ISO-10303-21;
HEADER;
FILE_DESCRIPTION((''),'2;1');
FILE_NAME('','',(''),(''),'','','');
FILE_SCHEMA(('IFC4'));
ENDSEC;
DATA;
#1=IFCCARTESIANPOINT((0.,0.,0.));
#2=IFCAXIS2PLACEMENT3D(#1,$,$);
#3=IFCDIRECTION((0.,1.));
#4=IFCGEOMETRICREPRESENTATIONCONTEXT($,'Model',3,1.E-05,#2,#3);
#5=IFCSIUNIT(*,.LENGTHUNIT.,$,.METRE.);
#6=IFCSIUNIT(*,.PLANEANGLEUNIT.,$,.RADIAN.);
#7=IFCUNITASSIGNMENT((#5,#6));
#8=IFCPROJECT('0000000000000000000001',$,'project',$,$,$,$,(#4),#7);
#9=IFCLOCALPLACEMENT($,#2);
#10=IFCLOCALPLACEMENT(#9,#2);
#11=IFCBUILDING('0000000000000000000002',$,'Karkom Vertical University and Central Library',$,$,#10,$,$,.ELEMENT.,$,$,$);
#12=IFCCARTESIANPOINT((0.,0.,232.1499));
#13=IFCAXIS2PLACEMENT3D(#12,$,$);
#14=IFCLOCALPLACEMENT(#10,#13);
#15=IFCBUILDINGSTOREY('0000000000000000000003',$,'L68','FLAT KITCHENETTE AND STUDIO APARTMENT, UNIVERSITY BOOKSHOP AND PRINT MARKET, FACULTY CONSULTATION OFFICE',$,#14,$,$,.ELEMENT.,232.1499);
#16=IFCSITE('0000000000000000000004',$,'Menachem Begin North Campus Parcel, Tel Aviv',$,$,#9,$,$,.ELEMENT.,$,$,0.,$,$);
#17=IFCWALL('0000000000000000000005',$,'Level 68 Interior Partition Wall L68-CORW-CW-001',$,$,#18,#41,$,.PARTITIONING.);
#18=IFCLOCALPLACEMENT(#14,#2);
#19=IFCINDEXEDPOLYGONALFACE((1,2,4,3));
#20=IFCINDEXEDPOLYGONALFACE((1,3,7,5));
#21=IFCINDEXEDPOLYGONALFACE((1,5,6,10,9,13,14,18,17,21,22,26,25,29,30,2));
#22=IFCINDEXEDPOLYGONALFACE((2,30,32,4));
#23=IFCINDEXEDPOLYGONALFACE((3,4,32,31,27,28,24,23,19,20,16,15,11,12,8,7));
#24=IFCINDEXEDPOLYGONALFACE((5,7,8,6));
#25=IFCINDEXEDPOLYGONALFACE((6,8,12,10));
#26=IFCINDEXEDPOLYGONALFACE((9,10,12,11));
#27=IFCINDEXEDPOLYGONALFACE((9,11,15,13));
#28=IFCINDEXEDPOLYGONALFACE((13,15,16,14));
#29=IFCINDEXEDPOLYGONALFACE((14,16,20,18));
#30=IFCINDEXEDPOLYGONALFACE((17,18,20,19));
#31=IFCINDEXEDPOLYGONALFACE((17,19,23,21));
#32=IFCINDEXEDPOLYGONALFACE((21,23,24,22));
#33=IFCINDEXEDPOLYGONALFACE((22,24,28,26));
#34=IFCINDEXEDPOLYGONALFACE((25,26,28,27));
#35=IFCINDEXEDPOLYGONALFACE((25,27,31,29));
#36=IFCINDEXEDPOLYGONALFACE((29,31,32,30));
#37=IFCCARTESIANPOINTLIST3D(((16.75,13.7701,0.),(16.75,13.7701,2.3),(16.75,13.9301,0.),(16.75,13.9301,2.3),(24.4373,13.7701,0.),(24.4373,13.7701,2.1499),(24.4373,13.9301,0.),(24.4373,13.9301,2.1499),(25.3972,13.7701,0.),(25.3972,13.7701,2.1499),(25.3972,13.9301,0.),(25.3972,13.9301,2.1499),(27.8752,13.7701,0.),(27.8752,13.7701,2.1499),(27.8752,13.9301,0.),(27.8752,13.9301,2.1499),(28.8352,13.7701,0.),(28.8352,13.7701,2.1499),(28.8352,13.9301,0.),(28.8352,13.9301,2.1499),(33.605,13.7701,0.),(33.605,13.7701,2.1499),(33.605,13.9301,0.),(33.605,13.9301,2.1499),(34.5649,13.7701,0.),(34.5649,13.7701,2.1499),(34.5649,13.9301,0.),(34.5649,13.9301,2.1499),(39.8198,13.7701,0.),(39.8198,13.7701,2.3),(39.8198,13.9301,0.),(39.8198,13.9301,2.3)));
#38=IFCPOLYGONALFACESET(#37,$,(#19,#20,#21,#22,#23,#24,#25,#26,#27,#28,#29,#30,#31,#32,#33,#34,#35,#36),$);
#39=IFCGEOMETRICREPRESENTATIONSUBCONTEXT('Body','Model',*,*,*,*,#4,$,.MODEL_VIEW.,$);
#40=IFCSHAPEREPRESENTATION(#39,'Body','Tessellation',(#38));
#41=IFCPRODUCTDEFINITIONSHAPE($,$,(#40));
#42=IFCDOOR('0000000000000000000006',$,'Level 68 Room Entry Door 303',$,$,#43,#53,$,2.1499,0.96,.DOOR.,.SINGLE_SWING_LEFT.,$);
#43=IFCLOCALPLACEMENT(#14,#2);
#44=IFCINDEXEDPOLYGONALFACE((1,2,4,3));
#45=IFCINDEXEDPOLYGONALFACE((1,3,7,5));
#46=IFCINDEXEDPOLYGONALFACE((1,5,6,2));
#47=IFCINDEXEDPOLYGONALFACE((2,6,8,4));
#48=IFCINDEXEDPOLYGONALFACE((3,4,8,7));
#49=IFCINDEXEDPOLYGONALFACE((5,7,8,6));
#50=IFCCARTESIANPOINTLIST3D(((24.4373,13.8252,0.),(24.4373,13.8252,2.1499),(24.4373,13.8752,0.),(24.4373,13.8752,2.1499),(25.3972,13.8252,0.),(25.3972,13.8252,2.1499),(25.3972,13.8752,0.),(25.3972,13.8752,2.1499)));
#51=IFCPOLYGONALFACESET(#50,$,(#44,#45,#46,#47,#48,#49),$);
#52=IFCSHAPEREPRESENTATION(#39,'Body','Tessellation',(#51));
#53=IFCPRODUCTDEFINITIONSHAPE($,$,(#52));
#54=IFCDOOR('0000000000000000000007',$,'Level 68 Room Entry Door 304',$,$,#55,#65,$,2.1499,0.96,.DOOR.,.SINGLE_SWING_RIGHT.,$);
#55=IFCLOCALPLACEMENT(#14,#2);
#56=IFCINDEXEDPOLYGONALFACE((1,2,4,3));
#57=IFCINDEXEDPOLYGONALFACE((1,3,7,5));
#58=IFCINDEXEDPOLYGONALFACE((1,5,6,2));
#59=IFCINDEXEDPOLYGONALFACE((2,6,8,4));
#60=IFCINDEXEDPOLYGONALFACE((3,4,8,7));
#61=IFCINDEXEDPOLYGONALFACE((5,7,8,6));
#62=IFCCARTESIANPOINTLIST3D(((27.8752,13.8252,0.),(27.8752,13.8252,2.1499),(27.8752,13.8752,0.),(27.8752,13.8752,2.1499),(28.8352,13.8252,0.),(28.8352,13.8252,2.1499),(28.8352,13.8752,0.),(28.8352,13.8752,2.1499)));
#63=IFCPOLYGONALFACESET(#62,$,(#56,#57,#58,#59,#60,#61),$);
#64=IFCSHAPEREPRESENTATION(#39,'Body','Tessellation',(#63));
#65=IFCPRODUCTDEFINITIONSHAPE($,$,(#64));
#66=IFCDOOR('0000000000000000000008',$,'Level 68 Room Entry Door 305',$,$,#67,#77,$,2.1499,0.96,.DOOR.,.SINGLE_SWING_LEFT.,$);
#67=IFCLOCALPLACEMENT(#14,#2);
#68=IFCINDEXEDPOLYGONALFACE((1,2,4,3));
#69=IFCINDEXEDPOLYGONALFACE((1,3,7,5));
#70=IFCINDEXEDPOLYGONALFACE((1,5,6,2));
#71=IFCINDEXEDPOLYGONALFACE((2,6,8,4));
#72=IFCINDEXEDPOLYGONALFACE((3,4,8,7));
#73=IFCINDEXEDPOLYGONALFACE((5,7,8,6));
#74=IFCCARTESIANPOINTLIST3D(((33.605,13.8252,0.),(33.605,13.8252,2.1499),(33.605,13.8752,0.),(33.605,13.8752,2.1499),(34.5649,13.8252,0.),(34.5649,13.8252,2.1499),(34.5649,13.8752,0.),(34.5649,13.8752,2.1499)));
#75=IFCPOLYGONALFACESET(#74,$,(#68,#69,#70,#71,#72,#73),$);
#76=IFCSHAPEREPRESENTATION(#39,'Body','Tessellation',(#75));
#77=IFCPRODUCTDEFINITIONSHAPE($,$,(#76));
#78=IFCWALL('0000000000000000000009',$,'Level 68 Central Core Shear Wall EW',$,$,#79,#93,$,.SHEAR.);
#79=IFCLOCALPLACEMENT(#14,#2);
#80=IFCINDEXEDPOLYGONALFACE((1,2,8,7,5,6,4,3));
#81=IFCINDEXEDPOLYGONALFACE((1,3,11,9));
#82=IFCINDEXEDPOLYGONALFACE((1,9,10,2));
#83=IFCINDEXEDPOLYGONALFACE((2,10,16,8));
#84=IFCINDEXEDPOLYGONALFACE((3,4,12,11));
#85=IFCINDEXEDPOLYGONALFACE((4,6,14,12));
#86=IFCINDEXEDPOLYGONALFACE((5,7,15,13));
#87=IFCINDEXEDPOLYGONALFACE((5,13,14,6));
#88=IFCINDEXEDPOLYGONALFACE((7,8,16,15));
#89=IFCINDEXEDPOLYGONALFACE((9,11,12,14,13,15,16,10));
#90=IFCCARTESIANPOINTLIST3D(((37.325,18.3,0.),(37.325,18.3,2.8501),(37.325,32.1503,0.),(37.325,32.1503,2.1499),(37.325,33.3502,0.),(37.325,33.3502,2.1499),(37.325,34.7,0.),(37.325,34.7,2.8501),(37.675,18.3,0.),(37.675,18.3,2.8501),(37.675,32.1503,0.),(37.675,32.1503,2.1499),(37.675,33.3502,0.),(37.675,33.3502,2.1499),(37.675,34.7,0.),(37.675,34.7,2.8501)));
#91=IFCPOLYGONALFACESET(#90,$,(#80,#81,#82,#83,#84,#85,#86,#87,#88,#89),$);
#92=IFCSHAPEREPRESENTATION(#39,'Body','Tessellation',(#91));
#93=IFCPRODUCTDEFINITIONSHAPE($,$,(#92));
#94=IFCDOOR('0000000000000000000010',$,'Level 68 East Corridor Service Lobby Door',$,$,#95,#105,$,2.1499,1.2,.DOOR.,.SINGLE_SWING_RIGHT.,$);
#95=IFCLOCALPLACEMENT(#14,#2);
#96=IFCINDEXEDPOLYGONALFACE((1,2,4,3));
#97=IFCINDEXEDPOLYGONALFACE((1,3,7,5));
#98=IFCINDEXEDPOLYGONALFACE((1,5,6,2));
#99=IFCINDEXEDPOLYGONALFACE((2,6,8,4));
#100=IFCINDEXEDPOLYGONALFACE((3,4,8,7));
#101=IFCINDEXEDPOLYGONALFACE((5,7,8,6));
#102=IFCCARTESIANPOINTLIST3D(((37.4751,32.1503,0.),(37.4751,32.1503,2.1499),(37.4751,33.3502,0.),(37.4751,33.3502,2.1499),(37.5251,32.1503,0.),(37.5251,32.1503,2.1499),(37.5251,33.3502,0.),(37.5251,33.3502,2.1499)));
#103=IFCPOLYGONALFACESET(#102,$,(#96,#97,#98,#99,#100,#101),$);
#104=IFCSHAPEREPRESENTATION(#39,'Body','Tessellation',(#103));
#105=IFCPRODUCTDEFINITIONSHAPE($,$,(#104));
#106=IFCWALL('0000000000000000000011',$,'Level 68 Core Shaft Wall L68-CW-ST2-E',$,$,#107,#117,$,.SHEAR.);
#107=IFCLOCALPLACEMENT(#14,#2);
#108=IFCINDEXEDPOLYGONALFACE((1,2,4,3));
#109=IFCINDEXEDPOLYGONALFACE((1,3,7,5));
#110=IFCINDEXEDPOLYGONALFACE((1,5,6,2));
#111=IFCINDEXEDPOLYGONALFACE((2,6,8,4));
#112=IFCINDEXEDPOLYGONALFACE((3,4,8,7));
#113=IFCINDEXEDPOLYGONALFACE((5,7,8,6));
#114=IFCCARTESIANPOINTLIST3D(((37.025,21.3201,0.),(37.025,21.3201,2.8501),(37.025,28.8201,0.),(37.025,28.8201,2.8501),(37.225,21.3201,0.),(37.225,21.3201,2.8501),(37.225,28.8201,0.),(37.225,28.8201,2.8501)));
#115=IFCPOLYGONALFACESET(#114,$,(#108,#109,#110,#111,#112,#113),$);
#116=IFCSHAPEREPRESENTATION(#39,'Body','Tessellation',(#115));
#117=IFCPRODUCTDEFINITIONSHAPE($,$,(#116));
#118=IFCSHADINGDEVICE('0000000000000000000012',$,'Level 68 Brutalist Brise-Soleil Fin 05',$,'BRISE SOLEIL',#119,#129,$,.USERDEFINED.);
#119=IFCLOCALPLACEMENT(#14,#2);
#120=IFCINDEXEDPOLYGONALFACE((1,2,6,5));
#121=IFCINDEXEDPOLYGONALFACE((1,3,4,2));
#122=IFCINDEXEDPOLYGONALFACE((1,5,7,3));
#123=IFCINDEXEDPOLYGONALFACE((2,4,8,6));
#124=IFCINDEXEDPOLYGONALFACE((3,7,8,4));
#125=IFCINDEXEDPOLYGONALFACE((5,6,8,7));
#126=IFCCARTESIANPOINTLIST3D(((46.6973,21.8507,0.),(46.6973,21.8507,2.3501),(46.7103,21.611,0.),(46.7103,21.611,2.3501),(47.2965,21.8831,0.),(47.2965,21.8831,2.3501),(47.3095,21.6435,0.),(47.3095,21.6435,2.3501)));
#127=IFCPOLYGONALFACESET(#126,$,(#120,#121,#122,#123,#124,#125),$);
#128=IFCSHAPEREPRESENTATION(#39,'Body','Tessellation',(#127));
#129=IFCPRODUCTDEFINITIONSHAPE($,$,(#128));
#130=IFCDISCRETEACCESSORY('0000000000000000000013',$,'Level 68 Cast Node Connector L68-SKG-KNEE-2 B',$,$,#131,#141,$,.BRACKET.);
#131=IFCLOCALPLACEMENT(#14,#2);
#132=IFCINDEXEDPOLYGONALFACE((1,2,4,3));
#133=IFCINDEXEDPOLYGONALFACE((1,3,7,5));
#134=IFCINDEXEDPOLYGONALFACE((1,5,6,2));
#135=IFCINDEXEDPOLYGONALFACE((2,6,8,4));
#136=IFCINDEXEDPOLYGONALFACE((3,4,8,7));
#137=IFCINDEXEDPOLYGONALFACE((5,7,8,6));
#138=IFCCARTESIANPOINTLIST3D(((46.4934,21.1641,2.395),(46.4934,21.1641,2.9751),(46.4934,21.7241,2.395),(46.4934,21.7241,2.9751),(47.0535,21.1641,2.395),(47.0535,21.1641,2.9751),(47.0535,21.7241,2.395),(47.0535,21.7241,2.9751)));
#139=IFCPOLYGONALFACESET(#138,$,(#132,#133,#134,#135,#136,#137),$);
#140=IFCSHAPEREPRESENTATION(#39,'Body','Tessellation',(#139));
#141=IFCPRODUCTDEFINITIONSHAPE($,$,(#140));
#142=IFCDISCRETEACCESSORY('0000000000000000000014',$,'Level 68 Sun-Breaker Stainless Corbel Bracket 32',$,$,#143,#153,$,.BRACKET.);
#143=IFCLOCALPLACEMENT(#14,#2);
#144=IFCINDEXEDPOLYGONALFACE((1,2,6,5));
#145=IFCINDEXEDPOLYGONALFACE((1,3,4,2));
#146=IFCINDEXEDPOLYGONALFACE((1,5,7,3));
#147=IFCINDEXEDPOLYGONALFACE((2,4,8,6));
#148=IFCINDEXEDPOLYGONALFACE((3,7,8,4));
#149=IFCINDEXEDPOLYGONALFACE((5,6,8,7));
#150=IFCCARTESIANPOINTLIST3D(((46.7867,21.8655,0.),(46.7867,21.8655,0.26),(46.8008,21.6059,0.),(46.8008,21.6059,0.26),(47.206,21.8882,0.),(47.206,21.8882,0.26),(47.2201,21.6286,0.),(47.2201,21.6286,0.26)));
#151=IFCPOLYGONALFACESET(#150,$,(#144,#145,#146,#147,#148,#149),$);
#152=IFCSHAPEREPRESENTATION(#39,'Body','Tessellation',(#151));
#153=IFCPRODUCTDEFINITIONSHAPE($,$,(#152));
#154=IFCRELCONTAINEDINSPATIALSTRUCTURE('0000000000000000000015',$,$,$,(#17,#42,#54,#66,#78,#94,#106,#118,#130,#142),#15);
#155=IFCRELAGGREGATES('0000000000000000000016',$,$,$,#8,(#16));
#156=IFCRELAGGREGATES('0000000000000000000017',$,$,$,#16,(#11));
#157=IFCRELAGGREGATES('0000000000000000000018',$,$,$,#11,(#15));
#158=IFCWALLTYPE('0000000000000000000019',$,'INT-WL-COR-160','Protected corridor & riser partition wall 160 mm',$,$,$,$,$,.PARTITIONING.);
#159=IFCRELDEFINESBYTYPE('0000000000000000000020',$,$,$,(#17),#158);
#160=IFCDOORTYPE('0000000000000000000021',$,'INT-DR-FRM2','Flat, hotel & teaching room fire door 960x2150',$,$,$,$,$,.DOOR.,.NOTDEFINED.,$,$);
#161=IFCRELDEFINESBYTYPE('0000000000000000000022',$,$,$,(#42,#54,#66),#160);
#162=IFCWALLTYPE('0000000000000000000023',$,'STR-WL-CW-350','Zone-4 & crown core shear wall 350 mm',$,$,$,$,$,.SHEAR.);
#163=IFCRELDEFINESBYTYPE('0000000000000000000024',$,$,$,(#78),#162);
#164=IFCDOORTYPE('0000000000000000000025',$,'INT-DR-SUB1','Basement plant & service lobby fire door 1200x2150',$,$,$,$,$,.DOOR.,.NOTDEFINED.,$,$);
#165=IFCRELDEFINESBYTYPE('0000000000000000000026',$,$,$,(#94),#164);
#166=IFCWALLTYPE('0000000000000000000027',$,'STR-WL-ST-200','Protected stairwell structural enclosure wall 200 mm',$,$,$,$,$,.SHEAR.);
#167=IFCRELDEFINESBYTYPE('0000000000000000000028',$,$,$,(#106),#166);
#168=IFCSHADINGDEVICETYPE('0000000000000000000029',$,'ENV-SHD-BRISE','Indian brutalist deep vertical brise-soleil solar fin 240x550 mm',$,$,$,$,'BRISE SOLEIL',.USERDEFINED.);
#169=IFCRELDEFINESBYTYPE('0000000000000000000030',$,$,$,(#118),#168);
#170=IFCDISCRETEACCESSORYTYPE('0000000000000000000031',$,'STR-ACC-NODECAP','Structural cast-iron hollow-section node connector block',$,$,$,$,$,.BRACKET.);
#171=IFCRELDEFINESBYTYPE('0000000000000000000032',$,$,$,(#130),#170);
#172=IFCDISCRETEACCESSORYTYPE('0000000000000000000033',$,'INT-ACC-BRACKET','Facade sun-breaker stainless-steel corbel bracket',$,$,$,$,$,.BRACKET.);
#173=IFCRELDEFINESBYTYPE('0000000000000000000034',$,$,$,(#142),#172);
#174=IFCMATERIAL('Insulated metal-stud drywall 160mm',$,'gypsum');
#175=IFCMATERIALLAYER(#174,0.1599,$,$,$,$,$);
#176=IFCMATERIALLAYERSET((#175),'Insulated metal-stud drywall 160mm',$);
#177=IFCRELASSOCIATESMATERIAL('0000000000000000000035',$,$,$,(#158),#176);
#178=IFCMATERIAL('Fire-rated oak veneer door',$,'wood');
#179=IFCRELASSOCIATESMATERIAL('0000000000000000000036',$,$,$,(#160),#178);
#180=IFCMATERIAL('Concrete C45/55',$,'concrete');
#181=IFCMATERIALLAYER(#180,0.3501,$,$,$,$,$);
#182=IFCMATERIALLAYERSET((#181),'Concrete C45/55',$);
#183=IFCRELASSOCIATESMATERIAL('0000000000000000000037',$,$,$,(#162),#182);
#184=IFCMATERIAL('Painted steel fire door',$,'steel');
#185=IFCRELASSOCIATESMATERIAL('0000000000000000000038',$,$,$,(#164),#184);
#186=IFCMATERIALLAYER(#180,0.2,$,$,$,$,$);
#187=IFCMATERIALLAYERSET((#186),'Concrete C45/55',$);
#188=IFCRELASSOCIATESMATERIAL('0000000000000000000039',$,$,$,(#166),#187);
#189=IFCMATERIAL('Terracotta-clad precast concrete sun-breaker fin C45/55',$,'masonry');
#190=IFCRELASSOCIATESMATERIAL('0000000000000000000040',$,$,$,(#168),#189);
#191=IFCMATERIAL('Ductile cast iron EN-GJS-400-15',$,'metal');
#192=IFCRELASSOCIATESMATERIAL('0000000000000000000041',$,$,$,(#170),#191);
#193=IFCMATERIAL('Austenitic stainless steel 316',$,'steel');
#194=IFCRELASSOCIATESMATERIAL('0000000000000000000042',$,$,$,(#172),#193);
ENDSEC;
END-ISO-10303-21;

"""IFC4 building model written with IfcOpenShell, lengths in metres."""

from ifc_helpers import new_model, si_unit, direction, frame, frame_2d, origin, origin_with_axes, origin_2d, place, context, subcontext, project, spatial, rectangle, extrude, source, transform, mapped, material, layer, layer_set, type_object, element, fill, save


model = new_model("IFC4")

# Units and contexts
model_context = context("Model", 3, precision=1e-05, world=origin(), true_north=direction((0.0, 1.0)))
body_context = subcontext(model_context, "Body", "Model", "MODEL_VIEW")
ifc_project = project(units=[si_unit("LENGTHUNIT", "METRE"), si_unit("PLANEANGLEUNIT", "RADIAN")], contexts=[model_context])

# Site, building, storey
site_placement = place(None, origin())
site = spatial("IfcSite", under=ifc_project, at=site_placement, Name="Menachem Begin North Campus Parcel, Tel Aviv", CompositionType="ELEMENT", RefElevation=0.0)
building_placement = place(site_placement, origin())
building = spatial("IfcBuilding", under=site, at=building_placement, Name="Karkom Vertical University and Central Library", CompositionType="ELEMENT")
storey_placement = place(building_placement, frame((0.0, 0.0, 232.1499)))
storey = spatial("IfcBuildingStorey", under=building, at=storey_placement, Name="L68", Description="FLAT KITCHENETTE AND STUDIO APARTMENT, UNIVERSITY BOOKSHOP AND PRINT MARKET, FACULTY CONSULTATION OFFICE", CompositionType="ELEMENT", Elevation=232.1499)

# Shared definitions
ifc_material_1 = material(Name="Concrete C45/55", Category="concrete")

# Wall, openings, doors
ifc_material_2 = material(Name="Insulated metal-stud drywall 160mm", Category="gypsum")
ifc_layer_1 = layer(ifc_material_2, 0.1599)
ifc_layer_set_1 = layer_set([ifc_layer_1], Name="Insulated metal-stud drywall 160mm")
wall_type_1 = type_object("IfcWallType", Name="INT-WL-COR-160", Description="Protected corridor & riser partition wall 160 mm", PredefinedType="PARTITIONING", material=ifc_layer_set_1)
wall_1_placement = place(storey_placement, frame((39.8198, 13.8501, 0.0), z_axis=(0.0, 0.0, 1.0), x_axis=(-1.0, 0.0, 0.0)))
wall_1 = element("IfcWall", 1, at=wall_1_placement, inside=storey, type_object=wall_type_1, Name="Level 68 Interior Partition Wall L68-CORW-CW-001", PredefinedType="PARTITIONING", context=body_context, shape_type="SweptSolid", body=[
    extrude(rectangle(XDim=23.0698, YDim=0.1599, at=frame_2d((11.5349, 0.0))), origin(), (0.0, 0.0, 1.0), 2.3),
])
opening_1_placement = place(wall_1_placement, frame((14.4226, 0.0, 0.0)))
opening_1 = element("IfcOpeningElement", 2, at=opening_1_placement, cuts=wall_1, PredefinedType="OPENING", context=body_context, shape_type="SweptSolid", body=[
    extrude(rectangle(XDim=0.96, YDim=2.1499, at=frame_2d((0.48, 1.075))), frame((0.0, 0.0898, 0.0), z_axis=(0.0, -1.0, 0.0), x_axis=(1.0, 0.0, 0.0)), (0.0, 0.0, 1.0), 0.1799),
])
opening_2_placement = place(wall_1_placement, frame((10.9846, 0.0, 0.0)))
opening_2 = element("IfcOpeningElement", 3, at=opening_2_placement, cuts=wall_1, PredefinedType="OPENING", context=body_context, shape_type="SweptSolid", body=[
    extrude(rectangle(XDim=0.96, YDim=2.1499, at=frame_2d((0.48, 1.075))), frame((0.0, 0.0898, 0.0), z_axis=(0.0, -1.0, 0.0), x_axis=(1.0, 0.0, 0.0)), (0.0, 0.0, 1.0), 0.1799),
])
opening_3_placement = place(wall_1_placement, frame((5.2549, 0.0, 0.0)))
opening_3 = element("IfcOpeningElement", 4, at=opening_3_placement, cuts=wall_1, PredefinedType="OPENING", context=body_context, shape_type="SweptSolid", body=[
    extrude(rectangle(XDim=0.96, YDim=2.1499, at=frame_2d((0.48, 1.075))), frame((0.0, 0.0898, 0.0), z_axis=(0.0, -1.0, 0.0), x_axis=(1.0, 0.0, 0.0)), (0.0, 0.0, 1.0), 0.1799),
])
ifc_material_3 = material(Name="Fire-rated oak veneer door", Category="wood")
door_type_1 = type_object("IfcDoorType", Name="INT-DR-FRM2", Description="Flat, hotel & teaching room fire door 960x2150", OperationType="NOTDEFINED", PredefinedType="DOOR", material=ifc_material_3)
shared_shape_1 = source(origin_with_axes(), body_context, "Body", "SweptSolid", [
    extrude(rectangle(XDim=0.96, YDim=2.1499, at=frame_2d((0.48, 1.075))), frame((0.0, 0.0249, 0.0), z_axis=(0.0, -1.0, 0.0), x_axis=(1.0, 0.0, 0.0)), (0.0, 0.0, 1.0), 0.05),
])
door_1_placement = place(opening_1_placement, origin())
door_1 = element("IfcDoor", 5, at=door_1_placement, inside=storey, type_object=door_type_1, Name="Level 68 Room Entry Door 303", OperationType="SINGLE_SWING_LEFT", OverallHeight=2.1499, OverallWidth=0.96, PredefinedType="DOOR", context=body_context, shape_type="MappedRepresentation", body=[
    mapped(shared_shape_1, transform((0.0, 0.0, 0.0), scale=1.0)),
])
fill(opening_1, door_1)
door_2_placement = place(opening_2_placement, origin())
door_2 = element("IfcDoor", 6, at=door_2_placement, inside=storey, type_object=door_type_1, Name="Level 68 Room Entry Door 304", OperationType="SINGLE_SWING_RIGHT", OverallHeight=2.1499, OverallWidth=0.96, PredefinedType="DOOR", context=body_context, shape_type="MappedRepresentation", body=[
    mapped(shared_shape_1, transform((0.0, 0.0, 0.0), scale=1.0)),
])
fill(opening_2, door_2)
door_3_placement = place(opening_3_placement, origin())
door_3 = element("IfcDoor", 7, at=door_3_placement, inside=storey, type_object=door_type_1, Name="Level 68 Room Entry Door 305", OperationType="SINGLE_SWING_LEFT", OverallHeight=2.1499, OverallWidth=0.96, PredefinedType="DOOR", context=body_context, shape_type="MappedRepresentation", body=[
    mapped(shared_shape_1, transform((0.0, 0.0, 0.0), scale=1.0)),
])
fill(opening_3, door_3)

# Wall, opening, door
ifc_layer_2 = layer(ifc_material_1, 0.3501)
ifc_layer_set_2 = layer_set([ifc_layer_2], Name="Concrete C45/55")
wall_type_2 = type_object("IfcWallType", Name="STR-WL-CW-350", Description="Zone-4 & crown core shear wall 350 mm", PredefinedType="SHEAR", material=ifc_layer_set_2)
wall_2_placement = place(storey_placement, frame((37.5, 18.3, 0.0), z_axis=(0.0, 0.0, 1.0), x_axis=(0.0, 1.0, 0.0)))
wall_2 = element("IfcWall", 8, at=wall_2_placement, inside=storey, type_object=wall_type_2, Name="Level 68 Central Core Shear Wall EW", PredefinedType="SHEAR", context=body_context, shape_type="SweptSolid", body=[
    extrude(rectangle(XDim=16.3999, YDim=0.3501, at=frame_2d((8.2, 0.0))), origin(), (0.0, 0.0, 1.0), 2.8501),
])
opening_4_placement = place(wall_2_placement, frame((13.8501, 0.0, 0.0)))
opening_4 = element("IfcOpeningElement", 9, at=opening_4_placement, cuts=wall_2, PredefinedType="OPENING", context=body_context, shape_type="SweptSolid", body=[
    extrude(rectangle(XDim=1.2, YDim=2.1499, at=frame_2d((0.6001, 1.075))), frame((0.0, 0.1851, 0.0), z_axis=(0.0, -1.0, 0.0), x_axis=(1.0, 0.0, 0.0)), (0.0, 0.0, 1.0), 0.3701),
])
ifc_material_4 = material(Name="Painted steel fire door", Category="steel")
door_type_2 = type_object("IfcDoorType", Name="INT-DR-SUB1", Description="Basement plant & service lobby fire door 1200x2150", OperationType="NOTDEFINED", PredefinedType="DOOR", material=ifc_material_4)
shared_shape_2 = source(origin_with_axes(), body_context, "Body", "SweptSolid", [
    extrude(rectangle(XDim=1.2, YDim=2.1499, at=frame_2d((0.6001, 1.075))), frame((0.0, 0.0249, 0.0), z_axis=(0.0, -1.0, 0.0), x_axis=(1.0, 0.0, 0.0)), (0.0, 0.0, 1.0), 0.05),
])
door_4_placement = place(opening_4_placement, origin())
door_4 = element("IfcDoor", 10, at=door_4_placement, inside=storey, type_object=door_type_2, Name="Level 68 East Corridor Service Lobby Door", OperationType="SINGLE_SWING_RIGHT", OverallHeight=2.1499, OverallWidth=1.2, PredefinedType="DOOR", context=body_context, shape_type="MappedRepresentation", body=[
    mapped(shared_shape_2, transform((0.0, 0.0, 0.0), scale=1.0)),
])
fill(opening_4, door_4)

# Wall
ifc_layer_3 = layer(ifc_material_1, 0.2)
ifc_layer_set_3 = layer_set([ifc_layer_3], Name="Concrete C45/55")
wall_type_3 = type_object("IfcWallType", Name="STR-WL-ST-200", Description="Protected stairwell structural enclosure wall 200 mm", PredefinedType="SHEAR", material=ifc_layer_set_3)
wall_3_placement = place(storey_placement, frame((37.125, 21.3201, 0.0), z_axis=(0.0, 0.0, 1.0), x_axis=(0.0, 1.0, 0.0)))
element("IfcWall", 11, at=wall_3_placement, inside=storey, type_object=wall_type_3, Name="Level 68 Core Shaft Wall L68-CW-ST2-E", PredefinedType="SHEAR", context=body_context, shape_type="SweptSolid", body=[
    extrude(rectangle(XDim=7.5, YDim=0.2, at=frame_2d((3.75, 0.0))), origin(), (0.0, 0.0, 1.0), 2.8501),
])

# Shading device
ifc_material_5 = material(Name="Terracotta-clad precast concrete sun-breaker fin C45/55", Category="masonry")
shading_device_type = type_object("IfcShadingDeviceType", Name="ENV-SHD-BRISE", Description="Indian brutalist deep vertical brise-soleil solar fin 240x550 mm", ElementType="BRISE SOLEIL", PredefinedType="USERDEFINED", material=ifc_material_5)
shared_shape_3 = source(origin_with_axes(), body_context, "Body", "SweptSolid", [
    extrude(rectangle(XDim=0.24, YDim=0.6001, at=origin_2d()), origin(), (0.0, 0.0, 1.0), 2.3501),
])
shading_device_placement = place(storey_placement, frame((47.0034, 21.7471, 0.0), z_axis=(0.0, 0.0, 1.0), x_axis=(-0.054079, 0.998537, 0.0)))
element("IfcShadingDevice", 12, at=shading_device_placement, inside=storey, type_object=shading_device_type, Name="Level 68 Brutalist Brise-Soleil Fin 05", ObjectType="BRISE SOLEIL", PredefinedType="USERDEFINED", context=body_context, shape_type="MappedRepresentation", body=[
    mapped(shared_shape_3, transform((0.0, 0.0, 0.0), scale=1.0)),
])

# Discrete accessories
ifc_material_6 = material(Name="Ductile cast iron EN-GJS-400-15", Category="metal")
discrete_accessory_type_1 = type_object("IfcDiscreteAccessoryType", Name="STR-ACC-NODECAP", Description="Structural cast-iron hollow-section node connector block", PredefinedType="BRACKET", material=ifc_material_6)
shared_shape_4 = source(origin_with_axes(), body_context, "Body", "SweptSolid", [
    extrude(rectangle(XDim=0.5601, YDim=0.5601, at=origin_2d()), origin(), (0.0, 0.0, 1.0), 0.5801),
])
discrete_accessory_1_placement = place(storey_placement, frame((46.7734, 21.4441, 2.395), z_axis=(0.0, 0.0, 1.0), x_axis=(1.0, 0.0, 0.0)))
element("IfcDiscreteAccessory", 13, at=discrete_accessory_1_placement, inside=storey, type_object=discrete_accessory_type_1, Name="Level 68 Cast Node Connector L68-SKG-KNEE-2 B", PredefinedType="BRACKET", context=body_context, shape_type="MappedRepresentation", body=[
    mapped(shared_shape_4, transform((0.0, 0.0, 0.0), scale=1.0)),
])
ifc_material_7 = material(Name="Austenitic stainless steel 316", Category="steel")
discrete_accessory_type_2 = type_object("IfcDiscreteAccessoryType", Name="INT-ACC-BRACKET", Description="Facade sun-breaker stainless-steel corbel bracket", PredefinedType="BRACKET", material=ifc_material_7)
shared_shape_5 = source(origin_with_axes(), body_context, "Body", "SweptSolid", [
    extrude(rectangle(XDim=0.26, YDim=0.4199, at=origin_2d()), origin(), (0.0, 0.0, 1.0), 0.26),
])
discrete_accessory_2_placement = place(storey_placement, frame((47.0034, 21.7471, 0.0), z_axis=(0.0, 0.0, 1.0), x_axis=(-0.054079, 0.998537, 0.0)))
element("IfcDiscreteAccessory", 14, at=discrete_accessory_2_placement, inside=storey, type_object=discrete_accessory_type_2, Name="Level 68 Sun-Breaker Stainless Corbel Bracket 32", PredefinedType="BRACKET", context=body_context, shape_type="MappedRepresentation", body=[
    mapped(shared_shape_5, transform((0.0, 0.0, 0.0), scale=1.0)),
])

save(model, "model.ifc")
